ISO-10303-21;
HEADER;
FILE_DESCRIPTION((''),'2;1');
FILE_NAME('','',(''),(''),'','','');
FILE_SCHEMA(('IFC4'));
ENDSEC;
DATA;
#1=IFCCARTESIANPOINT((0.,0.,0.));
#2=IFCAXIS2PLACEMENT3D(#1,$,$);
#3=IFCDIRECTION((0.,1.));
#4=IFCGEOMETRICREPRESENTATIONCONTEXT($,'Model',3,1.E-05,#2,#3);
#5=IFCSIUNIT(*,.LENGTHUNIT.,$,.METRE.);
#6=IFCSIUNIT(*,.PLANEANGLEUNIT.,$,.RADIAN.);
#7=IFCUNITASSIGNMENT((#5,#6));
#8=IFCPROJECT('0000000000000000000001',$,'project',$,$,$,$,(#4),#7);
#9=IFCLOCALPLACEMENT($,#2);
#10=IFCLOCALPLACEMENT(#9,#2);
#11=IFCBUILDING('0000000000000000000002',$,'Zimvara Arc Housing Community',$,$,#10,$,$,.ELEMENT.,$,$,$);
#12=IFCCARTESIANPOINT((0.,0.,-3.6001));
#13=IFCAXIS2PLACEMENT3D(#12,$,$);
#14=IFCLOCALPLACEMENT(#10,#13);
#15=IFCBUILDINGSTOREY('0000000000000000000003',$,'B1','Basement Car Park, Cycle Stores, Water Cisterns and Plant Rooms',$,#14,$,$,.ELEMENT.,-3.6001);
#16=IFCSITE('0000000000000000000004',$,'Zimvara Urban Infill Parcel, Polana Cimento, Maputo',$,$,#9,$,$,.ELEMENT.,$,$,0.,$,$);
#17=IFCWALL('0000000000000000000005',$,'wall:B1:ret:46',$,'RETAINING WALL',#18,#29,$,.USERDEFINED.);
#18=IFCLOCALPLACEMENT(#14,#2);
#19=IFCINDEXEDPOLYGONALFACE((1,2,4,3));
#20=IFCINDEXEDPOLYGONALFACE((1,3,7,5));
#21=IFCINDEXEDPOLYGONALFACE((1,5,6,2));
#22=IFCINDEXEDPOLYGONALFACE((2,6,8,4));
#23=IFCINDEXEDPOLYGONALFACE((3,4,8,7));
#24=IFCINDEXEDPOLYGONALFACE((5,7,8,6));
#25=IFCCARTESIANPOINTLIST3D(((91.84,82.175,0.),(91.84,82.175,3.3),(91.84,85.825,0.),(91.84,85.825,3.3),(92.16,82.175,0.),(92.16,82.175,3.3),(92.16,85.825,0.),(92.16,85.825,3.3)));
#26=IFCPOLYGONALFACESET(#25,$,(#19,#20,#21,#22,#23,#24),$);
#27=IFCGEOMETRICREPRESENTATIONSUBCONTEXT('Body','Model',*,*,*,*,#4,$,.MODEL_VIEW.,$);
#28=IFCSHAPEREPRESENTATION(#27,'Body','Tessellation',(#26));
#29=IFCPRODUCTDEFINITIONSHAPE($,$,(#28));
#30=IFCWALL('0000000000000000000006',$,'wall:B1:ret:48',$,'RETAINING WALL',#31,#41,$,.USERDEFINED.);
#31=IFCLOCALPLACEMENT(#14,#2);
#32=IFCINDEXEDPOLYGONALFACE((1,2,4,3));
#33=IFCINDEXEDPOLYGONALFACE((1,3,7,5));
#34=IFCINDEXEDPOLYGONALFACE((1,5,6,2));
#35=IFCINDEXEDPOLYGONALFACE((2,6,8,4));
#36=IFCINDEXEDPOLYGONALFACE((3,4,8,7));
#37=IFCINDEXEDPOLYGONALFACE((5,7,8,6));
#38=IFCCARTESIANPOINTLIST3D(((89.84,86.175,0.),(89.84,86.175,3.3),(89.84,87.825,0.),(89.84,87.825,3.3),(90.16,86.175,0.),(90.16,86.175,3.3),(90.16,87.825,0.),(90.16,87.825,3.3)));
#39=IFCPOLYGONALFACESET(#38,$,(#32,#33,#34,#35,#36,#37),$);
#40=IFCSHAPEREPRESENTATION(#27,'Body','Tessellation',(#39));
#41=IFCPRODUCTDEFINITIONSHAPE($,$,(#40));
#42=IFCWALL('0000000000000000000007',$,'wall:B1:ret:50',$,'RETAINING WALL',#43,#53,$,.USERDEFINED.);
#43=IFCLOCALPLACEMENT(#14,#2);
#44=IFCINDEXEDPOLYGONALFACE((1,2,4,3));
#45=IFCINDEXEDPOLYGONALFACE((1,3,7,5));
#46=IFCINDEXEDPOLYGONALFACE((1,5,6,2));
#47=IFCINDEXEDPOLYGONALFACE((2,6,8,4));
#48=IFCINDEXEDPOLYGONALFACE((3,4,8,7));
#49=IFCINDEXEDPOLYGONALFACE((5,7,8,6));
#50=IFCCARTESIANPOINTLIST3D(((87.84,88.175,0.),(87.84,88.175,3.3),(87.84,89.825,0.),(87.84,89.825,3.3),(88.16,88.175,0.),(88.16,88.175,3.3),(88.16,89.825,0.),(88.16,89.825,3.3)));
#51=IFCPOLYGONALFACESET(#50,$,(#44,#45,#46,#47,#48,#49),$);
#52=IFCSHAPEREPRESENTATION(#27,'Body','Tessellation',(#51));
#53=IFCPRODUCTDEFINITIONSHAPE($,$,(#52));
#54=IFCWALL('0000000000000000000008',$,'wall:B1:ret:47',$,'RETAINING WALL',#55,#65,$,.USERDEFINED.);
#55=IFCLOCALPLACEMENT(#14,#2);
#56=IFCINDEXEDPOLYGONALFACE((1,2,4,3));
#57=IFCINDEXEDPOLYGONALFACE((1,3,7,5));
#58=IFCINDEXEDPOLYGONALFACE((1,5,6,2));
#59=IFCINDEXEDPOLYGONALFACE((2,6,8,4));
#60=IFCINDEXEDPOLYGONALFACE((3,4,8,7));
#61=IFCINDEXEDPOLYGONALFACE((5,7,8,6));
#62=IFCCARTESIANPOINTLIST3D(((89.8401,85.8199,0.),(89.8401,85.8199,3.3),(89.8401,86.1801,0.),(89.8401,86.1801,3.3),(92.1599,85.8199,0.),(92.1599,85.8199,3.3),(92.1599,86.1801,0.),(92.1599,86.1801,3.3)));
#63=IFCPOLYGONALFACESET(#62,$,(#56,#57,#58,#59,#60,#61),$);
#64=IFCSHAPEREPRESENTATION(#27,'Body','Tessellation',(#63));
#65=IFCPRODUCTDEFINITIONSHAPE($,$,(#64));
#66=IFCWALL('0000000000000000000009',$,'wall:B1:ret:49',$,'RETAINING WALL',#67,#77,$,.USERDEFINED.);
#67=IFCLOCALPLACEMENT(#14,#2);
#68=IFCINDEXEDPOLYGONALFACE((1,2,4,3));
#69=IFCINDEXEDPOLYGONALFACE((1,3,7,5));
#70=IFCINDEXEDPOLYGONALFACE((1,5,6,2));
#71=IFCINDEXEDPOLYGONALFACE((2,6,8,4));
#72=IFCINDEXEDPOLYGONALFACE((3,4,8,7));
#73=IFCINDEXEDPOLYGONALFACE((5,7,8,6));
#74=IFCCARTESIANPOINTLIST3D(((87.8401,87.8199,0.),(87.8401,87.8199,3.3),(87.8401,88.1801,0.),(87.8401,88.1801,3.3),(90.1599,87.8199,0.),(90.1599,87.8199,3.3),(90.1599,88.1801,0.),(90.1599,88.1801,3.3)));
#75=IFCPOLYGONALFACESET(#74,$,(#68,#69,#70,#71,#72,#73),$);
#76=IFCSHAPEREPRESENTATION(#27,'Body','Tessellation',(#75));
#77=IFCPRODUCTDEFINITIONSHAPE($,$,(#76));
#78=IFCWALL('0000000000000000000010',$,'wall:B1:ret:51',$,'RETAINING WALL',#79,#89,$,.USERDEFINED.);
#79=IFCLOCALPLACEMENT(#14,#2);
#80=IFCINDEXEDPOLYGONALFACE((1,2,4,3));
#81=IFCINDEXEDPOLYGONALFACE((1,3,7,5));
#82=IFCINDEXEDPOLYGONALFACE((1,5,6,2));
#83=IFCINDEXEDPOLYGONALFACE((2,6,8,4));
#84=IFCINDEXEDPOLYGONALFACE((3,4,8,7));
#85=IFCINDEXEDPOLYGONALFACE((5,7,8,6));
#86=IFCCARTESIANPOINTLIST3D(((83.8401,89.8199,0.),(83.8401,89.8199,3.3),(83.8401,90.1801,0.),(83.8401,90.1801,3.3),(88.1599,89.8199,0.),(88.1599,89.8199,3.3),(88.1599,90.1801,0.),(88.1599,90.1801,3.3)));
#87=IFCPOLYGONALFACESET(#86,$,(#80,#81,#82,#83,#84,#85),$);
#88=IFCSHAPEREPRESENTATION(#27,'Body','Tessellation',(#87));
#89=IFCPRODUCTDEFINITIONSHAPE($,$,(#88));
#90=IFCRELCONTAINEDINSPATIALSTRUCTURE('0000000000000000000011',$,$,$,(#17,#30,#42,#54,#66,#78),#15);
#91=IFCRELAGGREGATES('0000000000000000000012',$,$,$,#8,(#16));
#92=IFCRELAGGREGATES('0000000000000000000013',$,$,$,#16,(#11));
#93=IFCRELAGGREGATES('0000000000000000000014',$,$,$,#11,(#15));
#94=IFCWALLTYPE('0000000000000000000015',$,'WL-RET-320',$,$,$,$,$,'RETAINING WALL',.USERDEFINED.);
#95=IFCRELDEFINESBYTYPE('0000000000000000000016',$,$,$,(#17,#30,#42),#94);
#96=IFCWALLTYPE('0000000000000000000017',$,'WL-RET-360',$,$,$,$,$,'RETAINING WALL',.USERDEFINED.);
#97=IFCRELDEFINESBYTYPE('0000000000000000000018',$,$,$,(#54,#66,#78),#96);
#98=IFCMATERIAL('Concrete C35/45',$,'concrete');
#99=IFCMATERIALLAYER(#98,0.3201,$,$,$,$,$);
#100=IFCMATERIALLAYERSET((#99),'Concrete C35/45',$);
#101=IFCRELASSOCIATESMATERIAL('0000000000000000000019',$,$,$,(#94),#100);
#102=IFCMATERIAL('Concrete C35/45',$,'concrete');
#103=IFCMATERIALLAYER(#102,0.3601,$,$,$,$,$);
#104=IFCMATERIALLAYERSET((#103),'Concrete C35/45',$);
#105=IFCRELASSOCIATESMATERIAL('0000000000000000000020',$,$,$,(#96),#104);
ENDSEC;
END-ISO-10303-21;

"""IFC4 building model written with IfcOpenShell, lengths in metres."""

from ifc_helpers import new_model, si_unit, direction, frame, frame_2d, origin, place, context, subcontext, project, spatial, rectangle, extrude, material, layer, layer_set, type_object, element, save


model = new_model("IFC4")

# Units and contexts
model_context = context("Model", 3, precision=1e-05, world=origin(), true_north=direction((0.0, 1.0)))
body_context = subcontext(model_context, "Body", "Model", "MODEL_VIEW")
ifc_project = project(units=[si_unit("LENGTHUNIT", "METRE"), si_unit("PLANEANGLEUNIT", "RADIAN")], contexts=[model_context])

# Site, building, storey
site_placement = place(None, origin())
site = spatial("IfcSite", under=ifc_project, at=site_placement, Name="Zimvara Urban Infill Parcel, Polana Cimento, Maputo", CompositionType="ELEMENT", RefElevation=0.0)
building_placement = place(site_placement, origin())
building = spatial("IfcBuilding", under=site, at=building_placement, Name="Zimvara Arc Housing Community", CompositionType="ELEMENT")
storey_placement = place(building_placement, frame((0.0, 0.0, -3.6001)))
storey = spatial("IfcBuildingStorey", under=building, at=storey_placement, Name="B1", Description="Basement Car Park, Cycle Stores, Water Cisterns and Plant Rooms", CompositionType="ELEMENT", Elevation=-3.6001)

# Walls
ifc_material_1 = material(Name="Concrete C35/45", Category="concrete")
ifc_layer_1 = layer(ifc_material_1, 0.3201)
ifc_layer_set_1 = layer_set([ifc_layer_1], Name="Concrete C35/45")
wall_type_1 = type_object("IfcWallType", Name="WL-RET-320", ElementType="RETAINING WALL", PredefinedType="USERDEFINED", material=ifc_layer_set_1)
wall_1_placement = place(storey_placement, frame((92.0, 82.175, 0.0), z_axis=(0.0, 0.0, 1.0), x_axis=(0.0, 1.0, 0.0)))
element("IfcWall", 1, at=wall_1_placement, inside=storey, type_object=wall_type_1, Name="wall:B1:ret:46", ObjectType="RETAINING WALL", PredefinedType="USERDEFINED", context=body_context, shape_type="SweptSolid", body=[
    extrude(rectangle(XDim=3.6499, YDim=0.3201, at=frame_2d((1.825, 0.0))), origin(), (0.0, 0.0, 1.0), 3.3),
])
for number, where, z_axis, x_axis, name in (
    (2, (90.0, 86.175, 0.0), (0.0, 0.0, 1.0), (0.0, 1.0, 0.0), "wall:B1:ret:48"),
    (3, (88.0, 88.175, 0.0), (0.0, 0.0, 1.0), (0.0, 1.0, 0.0), "wall:B1:ret:50"),
):
    element("IfcWall", number, at=place(storey_placement, frame(where, z_axis=z_axis, x_axis=x_axis)), inside=storey, type_object=wall_type_1, Name=name, ObjectType="RETAINING WALL", PredefinedType="USERDEFINED", context=body_context, shape_type="SweptSolid", body=[
        extrude(rectangle(XDim=1.6499, YDim=0.3201, at=frame_2d((0.825, 0.0))), origin(), (0.0, 0.0, 1.0), 3.3),
    ])
ifc_material_2 = material(Name="Concrete C35/45", Category="concrete")
ifc_layer_2 = layer(ifc_material_2, 0.3601)
ifc_layer_set_2 = layer_set([ifc_layer_2], Name="Concrete C35/45")
wall_type_2 = type_object("IfcWallType", Name="WL-RET-360", ElementType="RETAINING WALL", PredefinedType="USERDEFINED", material=ifc_layer_set_2)
for number, where, z_axis, x_axis, name in (
    (4, (92.1599, 86.0, 0.0), (0.0, 0.0, 1.0), (-1.0, 0.0, 0.0), "wall:B1:ret:47"),
    (5, (90.1599, 88.0, 0.0), (0.0, 0.0, 1.0), (-1.0, 0.0, 0.0), "wall:B1:ret:49"),
):
    element("IfcWall", number, at=place(storey_placement, frame(where, z_axis=z_axis, x_axis=x_axis)), inside=storey, type_object=wall_type_2, Name=name, ObjectType="RETAINING WALL", PredefinedType="USERDEFINED", context=body_context, shape_type="SweptSolid", body=[
        extrude(rectangle(XDim=2.3198, YDim=0.3601, at=frame_2d((1.1599, 0.0))), origin(), (0.0, 0.0, 1.0), 3.3),
    ])
wall_2_placement = place(storey_placement, frame((88.1599, 90.0, 0.0), z_axis=(0.0, 0.0, 1.0), x_axis=(-1.0, 0.0, 0.0)))
element("IfcWall", 6, at=wall_2_placement, inside=storey, type_object=wall_type_2, Name="wall:B1:ret:51", ObjectType="RETAINING WALL", PredefinedType="USERDEFINED", context=body_context, shape_type="SweptSolid", body=[
    extrude(rectangle(XDim=4.3198, YDim=0.3601, at=frame_2d((2.1599, 0.0))), origin(), (0.0, 0.0, 1.0), 3.3),
])

save(model, "model.ifc")
